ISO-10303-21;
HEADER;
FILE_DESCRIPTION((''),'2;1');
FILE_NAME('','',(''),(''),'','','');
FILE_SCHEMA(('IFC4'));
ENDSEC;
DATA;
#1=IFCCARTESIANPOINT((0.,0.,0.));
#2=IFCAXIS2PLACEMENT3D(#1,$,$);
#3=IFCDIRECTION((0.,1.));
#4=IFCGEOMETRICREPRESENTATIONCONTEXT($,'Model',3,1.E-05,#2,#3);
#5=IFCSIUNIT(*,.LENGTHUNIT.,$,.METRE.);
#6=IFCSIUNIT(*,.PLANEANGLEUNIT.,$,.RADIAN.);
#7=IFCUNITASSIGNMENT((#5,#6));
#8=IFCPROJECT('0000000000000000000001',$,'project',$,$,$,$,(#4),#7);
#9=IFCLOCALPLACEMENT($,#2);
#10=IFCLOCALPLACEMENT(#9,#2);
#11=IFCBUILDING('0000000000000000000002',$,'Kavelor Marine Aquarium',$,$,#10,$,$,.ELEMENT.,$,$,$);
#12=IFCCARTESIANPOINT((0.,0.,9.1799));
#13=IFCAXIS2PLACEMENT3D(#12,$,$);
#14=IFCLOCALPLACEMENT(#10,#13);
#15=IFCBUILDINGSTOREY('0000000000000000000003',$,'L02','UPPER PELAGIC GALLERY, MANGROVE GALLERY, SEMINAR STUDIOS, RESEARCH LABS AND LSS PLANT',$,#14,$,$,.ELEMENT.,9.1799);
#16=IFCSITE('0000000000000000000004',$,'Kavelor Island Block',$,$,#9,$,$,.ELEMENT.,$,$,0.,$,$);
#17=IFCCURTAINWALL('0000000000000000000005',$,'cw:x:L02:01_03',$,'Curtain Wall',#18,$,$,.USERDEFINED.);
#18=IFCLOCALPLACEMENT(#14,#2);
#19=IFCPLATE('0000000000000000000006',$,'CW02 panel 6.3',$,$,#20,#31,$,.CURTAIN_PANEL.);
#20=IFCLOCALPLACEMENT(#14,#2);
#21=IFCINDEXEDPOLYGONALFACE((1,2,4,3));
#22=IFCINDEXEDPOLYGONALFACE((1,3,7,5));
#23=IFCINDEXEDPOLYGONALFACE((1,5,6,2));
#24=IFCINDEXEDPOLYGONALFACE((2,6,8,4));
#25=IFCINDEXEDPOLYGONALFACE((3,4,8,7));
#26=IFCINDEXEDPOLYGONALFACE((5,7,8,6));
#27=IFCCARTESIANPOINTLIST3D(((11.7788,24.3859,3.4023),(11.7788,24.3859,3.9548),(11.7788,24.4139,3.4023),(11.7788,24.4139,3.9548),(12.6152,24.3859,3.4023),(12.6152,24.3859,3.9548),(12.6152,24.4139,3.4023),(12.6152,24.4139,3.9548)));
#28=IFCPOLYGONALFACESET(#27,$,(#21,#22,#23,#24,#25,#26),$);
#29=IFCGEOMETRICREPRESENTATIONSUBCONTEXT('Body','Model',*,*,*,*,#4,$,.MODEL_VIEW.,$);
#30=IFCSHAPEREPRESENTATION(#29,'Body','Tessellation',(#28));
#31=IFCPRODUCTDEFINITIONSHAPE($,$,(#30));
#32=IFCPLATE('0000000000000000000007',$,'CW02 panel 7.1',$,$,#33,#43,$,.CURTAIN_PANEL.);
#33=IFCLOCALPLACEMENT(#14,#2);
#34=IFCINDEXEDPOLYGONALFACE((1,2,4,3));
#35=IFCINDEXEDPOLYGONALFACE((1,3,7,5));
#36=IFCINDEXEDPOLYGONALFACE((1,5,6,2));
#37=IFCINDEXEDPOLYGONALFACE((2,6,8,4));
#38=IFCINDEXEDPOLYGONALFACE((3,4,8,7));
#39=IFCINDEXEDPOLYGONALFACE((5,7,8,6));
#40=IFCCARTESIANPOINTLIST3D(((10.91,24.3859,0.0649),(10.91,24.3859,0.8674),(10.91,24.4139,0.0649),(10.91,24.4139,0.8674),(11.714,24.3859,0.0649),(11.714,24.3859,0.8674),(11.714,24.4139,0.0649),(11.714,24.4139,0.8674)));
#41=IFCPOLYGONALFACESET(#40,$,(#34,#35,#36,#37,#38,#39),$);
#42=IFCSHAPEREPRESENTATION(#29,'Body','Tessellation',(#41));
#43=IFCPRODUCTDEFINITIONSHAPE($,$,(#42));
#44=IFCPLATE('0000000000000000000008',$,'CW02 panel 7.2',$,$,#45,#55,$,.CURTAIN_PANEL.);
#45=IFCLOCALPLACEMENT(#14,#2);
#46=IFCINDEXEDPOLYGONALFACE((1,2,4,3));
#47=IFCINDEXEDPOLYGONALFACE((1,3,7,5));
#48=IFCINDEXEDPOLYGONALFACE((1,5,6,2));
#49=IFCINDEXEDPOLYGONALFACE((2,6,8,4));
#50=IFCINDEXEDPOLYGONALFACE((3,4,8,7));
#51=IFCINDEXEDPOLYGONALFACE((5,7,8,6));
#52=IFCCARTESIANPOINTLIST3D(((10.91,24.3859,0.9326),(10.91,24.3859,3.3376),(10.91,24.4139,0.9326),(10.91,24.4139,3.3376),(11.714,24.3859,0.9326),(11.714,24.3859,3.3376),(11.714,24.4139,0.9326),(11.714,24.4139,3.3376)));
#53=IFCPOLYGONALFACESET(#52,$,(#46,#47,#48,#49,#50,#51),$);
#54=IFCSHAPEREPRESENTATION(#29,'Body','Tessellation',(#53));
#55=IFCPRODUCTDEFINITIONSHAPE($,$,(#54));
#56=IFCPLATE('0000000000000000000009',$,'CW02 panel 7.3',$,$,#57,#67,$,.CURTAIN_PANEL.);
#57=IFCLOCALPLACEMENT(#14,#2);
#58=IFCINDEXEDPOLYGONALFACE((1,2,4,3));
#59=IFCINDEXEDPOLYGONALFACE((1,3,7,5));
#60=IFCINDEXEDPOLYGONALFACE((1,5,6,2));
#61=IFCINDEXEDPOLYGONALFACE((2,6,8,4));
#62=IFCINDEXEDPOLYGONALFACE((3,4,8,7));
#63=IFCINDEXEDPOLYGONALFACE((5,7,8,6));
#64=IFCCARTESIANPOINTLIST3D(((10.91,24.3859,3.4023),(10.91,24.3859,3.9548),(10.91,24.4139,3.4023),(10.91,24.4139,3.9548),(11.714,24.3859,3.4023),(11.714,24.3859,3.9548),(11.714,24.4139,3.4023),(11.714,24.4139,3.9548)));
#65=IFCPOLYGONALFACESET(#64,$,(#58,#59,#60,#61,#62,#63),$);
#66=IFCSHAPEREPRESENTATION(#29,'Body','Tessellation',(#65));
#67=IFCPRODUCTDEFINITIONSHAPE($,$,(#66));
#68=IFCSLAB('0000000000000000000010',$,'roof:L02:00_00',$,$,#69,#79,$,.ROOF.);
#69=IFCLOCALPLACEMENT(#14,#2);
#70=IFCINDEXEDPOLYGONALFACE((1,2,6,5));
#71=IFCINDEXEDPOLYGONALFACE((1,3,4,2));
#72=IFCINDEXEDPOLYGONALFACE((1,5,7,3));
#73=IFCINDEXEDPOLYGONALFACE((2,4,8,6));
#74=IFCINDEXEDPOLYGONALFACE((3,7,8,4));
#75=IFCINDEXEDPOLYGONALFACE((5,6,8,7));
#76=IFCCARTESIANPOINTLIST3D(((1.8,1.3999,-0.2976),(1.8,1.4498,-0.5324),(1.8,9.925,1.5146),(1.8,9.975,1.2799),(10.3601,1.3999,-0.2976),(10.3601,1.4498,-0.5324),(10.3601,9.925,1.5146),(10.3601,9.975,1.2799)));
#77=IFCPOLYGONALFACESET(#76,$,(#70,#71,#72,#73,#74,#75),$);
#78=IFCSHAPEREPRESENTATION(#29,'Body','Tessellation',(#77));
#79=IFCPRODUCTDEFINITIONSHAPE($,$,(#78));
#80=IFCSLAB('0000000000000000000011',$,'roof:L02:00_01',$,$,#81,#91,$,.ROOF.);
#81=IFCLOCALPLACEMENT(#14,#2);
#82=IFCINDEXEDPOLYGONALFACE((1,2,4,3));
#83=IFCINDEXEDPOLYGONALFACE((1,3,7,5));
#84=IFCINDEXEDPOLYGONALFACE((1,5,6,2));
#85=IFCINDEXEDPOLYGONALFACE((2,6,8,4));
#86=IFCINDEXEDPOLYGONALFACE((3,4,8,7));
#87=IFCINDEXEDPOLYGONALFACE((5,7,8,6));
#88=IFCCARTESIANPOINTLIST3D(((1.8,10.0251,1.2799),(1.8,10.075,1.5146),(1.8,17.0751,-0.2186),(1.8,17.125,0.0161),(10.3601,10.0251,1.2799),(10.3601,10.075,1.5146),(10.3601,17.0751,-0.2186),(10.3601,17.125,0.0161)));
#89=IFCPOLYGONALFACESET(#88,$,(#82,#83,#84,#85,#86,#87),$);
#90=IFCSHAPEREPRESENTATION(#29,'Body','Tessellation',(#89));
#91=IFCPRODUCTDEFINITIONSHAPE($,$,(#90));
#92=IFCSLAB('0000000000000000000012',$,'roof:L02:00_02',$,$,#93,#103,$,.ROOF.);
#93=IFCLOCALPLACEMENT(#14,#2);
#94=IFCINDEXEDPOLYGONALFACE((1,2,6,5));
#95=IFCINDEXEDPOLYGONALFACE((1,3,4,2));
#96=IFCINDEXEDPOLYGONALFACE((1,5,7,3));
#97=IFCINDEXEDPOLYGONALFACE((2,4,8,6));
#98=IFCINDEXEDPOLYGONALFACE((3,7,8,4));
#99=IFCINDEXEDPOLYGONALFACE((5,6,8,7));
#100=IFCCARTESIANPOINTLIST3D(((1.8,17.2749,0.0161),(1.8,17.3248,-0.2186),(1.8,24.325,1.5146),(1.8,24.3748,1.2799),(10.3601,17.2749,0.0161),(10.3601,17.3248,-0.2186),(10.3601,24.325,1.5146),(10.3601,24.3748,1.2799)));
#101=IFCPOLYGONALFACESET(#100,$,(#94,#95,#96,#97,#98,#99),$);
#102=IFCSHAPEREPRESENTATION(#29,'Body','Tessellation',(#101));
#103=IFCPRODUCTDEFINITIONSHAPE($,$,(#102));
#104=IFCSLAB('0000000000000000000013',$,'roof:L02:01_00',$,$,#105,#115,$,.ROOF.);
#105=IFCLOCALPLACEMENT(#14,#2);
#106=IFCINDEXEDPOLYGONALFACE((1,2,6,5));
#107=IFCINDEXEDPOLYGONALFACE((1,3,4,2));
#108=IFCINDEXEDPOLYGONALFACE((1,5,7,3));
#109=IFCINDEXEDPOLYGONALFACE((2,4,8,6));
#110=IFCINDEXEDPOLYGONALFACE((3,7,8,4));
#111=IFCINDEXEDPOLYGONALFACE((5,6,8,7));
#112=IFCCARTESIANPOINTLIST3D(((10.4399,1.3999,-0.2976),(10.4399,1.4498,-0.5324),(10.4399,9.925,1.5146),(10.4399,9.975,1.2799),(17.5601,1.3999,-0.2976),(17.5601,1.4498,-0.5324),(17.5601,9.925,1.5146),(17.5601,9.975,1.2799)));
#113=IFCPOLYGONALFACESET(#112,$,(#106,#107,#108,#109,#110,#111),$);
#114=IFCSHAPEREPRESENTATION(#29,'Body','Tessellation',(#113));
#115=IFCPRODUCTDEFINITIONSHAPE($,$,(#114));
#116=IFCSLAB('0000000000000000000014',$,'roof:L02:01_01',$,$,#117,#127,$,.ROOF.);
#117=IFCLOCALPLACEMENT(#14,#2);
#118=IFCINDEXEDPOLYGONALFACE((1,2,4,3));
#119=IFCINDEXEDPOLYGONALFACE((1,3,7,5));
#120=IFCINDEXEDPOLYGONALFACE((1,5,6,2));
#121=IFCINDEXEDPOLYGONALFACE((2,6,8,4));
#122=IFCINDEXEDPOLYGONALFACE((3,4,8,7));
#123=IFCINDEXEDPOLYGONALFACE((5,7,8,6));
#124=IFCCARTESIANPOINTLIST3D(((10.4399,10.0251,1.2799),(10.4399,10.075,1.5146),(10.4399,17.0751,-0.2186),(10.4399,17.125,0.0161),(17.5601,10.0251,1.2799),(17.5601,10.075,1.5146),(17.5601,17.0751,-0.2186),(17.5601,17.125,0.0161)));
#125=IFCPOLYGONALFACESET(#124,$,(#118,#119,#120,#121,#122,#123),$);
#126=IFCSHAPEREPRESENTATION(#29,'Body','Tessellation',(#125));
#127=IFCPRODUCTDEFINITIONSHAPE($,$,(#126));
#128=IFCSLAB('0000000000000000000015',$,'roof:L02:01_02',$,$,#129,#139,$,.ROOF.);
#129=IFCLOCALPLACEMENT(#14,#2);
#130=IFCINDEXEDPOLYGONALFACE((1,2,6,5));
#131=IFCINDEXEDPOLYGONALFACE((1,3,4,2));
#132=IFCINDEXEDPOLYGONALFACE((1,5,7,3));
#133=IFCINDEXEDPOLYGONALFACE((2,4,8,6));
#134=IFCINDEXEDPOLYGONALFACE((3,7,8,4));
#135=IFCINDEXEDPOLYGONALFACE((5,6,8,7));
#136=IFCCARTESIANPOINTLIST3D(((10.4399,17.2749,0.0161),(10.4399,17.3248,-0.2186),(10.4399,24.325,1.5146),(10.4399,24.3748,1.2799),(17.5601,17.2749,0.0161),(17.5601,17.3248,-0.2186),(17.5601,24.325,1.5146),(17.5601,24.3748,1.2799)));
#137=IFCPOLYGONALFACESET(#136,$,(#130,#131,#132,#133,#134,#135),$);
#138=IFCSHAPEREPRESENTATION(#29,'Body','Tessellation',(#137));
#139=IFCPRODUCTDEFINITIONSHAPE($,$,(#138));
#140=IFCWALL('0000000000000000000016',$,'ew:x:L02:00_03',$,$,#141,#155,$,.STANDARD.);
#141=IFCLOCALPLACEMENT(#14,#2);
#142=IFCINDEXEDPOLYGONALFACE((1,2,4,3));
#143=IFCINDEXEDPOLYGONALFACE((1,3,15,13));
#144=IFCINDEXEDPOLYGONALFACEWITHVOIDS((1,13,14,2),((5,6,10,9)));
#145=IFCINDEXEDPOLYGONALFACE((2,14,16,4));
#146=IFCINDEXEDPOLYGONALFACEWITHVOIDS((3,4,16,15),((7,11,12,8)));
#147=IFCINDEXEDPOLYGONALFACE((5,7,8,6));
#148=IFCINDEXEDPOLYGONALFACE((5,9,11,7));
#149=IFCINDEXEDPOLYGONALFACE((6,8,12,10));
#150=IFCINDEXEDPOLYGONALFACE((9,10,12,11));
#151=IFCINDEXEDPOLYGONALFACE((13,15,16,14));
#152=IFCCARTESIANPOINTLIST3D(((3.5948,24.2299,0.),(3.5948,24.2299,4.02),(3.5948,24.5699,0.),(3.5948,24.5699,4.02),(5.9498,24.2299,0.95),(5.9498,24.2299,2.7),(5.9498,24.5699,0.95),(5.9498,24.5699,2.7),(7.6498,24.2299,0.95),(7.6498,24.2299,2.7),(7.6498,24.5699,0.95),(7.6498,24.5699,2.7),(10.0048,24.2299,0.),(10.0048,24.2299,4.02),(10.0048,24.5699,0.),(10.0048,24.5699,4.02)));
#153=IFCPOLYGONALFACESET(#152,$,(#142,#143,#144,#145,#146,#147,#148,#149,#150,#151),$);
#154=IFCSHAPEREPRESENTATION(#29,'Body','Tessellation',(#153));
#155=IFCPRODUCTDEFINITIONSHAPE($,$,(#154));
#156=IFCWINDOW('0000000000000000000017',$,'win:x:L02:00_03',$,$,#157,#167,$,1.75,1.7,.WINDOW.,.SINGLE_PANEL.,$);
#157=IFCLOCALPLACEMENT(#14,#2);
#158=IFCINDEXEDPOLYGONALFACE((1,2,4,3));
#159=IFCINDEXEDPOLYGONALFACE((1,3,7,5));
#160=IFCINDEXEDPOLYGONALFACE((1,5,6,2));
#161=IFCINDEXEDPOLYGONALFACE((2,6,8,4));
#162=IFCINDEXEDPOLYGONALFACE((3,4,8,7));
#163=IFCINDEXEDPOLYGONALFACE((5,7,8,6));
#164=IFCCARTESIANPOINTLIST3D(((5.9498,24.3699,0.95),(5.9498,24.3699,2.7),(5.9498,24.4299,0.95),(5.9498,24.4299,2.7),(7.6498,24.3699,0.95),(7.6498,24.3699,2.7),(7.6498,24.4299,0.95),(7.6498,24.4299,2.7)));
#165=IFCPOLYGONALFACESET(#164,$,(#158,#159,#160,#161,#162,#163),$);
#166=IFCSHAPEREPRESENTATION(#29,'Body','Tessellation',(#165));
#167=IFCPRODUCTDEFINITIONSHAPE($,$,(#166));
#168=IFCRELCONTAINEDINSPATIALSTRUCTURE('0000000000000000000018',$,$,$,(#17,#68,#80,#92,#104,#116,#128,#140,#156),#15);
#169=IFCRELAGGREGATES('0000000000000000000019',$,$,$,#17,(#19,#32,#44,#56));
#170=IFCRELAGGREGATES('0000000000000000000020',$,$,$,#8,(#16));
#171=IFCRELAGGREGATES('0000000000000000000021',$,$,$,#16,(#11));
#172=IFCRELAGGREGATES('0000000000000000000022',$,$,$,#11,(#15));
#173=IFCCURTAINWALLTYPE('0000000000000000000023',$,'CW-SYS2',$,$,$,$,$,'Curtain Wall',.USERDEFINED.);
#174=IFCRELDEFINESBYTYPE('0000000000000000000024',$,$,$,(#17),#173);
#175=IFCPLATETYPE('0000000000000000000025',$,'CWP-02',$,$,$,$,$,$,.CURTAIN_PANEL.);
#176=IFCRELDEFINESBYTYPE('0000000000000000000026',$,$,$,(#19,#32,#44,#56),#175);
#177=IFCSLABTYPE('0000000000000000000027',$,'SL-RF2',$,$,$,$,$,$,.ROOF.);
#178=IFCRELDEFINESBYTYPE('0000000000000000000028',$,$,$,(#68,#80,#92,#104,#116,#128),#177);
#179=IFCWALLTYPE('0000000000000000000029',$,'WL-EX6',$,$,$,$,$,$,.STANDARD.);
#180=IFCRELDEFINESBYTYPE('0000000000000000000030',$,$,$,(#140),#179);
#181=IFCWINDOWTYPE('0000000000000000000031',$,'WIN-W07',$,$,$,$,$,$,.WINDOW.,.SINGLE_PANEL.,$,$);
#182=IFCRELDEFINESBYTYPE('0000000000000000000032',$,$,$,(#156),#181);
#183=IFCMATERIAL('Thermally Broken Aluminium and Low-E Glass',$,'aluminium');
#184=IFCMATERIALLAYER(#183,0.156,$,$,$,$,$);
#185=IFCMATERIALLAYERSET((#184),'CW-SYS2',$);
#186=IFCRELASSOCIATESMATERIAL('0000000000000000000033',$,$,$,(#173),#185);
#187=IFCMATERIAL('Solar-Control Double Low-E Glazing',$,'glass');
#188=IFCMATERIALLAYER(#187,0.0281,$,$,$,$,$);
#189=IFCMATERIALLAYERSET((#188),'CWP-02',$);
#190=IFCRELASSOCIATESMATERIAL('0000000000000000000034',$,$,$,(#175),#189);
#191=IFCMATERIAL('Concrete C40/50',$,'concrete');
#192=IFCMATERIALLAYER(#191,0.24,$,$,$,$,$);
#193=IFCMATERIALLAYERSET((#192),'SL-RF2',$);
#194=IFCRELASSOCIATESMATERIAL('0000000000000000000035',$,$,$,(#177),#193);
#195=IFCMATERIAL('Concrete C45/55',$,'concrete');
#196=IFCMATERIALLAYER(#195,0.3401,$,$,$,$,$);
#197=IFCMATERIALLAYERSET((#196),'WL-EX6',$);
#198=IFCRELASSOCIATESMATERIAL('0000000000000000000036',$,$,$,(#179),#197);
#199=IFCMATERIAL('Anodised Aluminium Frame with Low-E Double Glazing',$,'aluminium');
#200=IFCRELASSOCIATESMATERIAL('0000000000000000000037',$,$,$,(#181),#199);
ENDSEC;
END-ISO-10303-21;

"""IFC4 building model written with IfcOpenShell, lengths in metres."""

from ifc_helpers import new_model, si_unit, direction, frame, frame_2d, origin, origin_2d, place, context, subcontext, project, spatial, polyline, rectangle, outline, extrude, material, layer, layer_set, type_object, element, fill, aggregate, save


model = new_model("IFC4")

# Units and contexts
model_context = context("Model", 3, precision=1e-05, world=origin(), true_north=direction((0.0, 1.0)))
body_context = subcontext(model_context, "Body", "Model", "MODEL_VIEW")
ifc_project = project(units=[si_unit("LENGTHUNIT", "METRE"), si_unit("PLANEANGLEUNIT", "RADIAN")], contexts=[model_context])

# Site, building, storey
site_placement = place(None, origin())
site = spatial("IfcSite", under=ifc_project, at=site_placement, Name="Kavelor Island Block", CompositionType="ELEMENT", RefElevation=0.0)
building_placement = place(site_placement, origin())
building = spatial("IfcBuilding", under=site, at=building_placement, Name="Kavelor Marine Aquarium", CompositionType="ELEMENT")
storey_placement = place(building_placement, frame((0.0, 0.0, 9.1799)))
storey = spatial("IfcBuildingStorey", under=building, at=storey_placement, Name="L02", Description="UPPER PELAGIC GALLERY, MANGROVE GALLERY, SEMINAR STUDIOS, RESEARCH LABS AND LSS PLANT", CompositionType="ELEMENT", Elevation=9.1799)

# Curtain wall, plates
ifc_material_1 = material(Name="Thermally Broken Aluminium and Low-E Glass", Category="aluminium")
ifc_layer_1 = layer(ifc_material_1, 0.156)
ifc_layer_set_1 = layer_set([ifc_layer_1], Name="CW-SYS2")
curtain_wall_type = type_object("IfcCurtainWallType", Name="CW-SYS2", ElementType="Curtain Wall", PredefinedType="USERDEFINED", material=ifc_layer_set_1)
curtain_wall_placement = place(storey_placement, origin())
curtain_wall = element("IfcCurtainWall", 1, at=curtain_wall_placement, inside=storey, type_object=curtain_wall_type, Name="cw:x:L02:01_03", ObjectType="Curtain Wall", PredefinedType="USERDEFINED")
ifc_material_2 = material(Name="Solar-Control Double Low-E Glazing", Category="glass")
ifc_layer_2 = layer(ifc_material_2, 0.0281)
ifc_layer_set_2 = layer_set([ifc_layer_2], Name="CWP-02")
plate_type = type_object("IfcPlateType", Name="CWP-02", PredefinedType="CURTAIN_PANEL", material=ifc_layer_set_2)
plate_1_placement = place(storey_placement, frame((12.197, 24.3999, 3.4023), z_axis=(0.0, 0.0, 1.0), x_axis=(-1.0, 0.0, 0.0)))
plate_1 = element("IfcPlate", 2, at=plate_1_placement, type_object=plate_type, Name="CW02 panel 6.3", PredefinedType="CURTAIN_PANEL", context=body_context, shape_type="SweptSolid", body=[
    extrude(rectangle(XDim=0.8364, YDim=0.0281, at=origin_2d()), origin(), (0.0, 0.0, 1.0), 0.5525),
])
plate_2_placement = place(storey_placement, frame((11.312, 24.3999, 0.0649), z_axis=(0.0, 0.0, 1.0), x_axis=(-1.0, 0.0, 0.0)))
plate_2 = element("IfcPlate", 3, at=plate_2_placement, type_object=plate_type, Name="CW02 panel 7.1", PredefinedType="CURTAIN_PANEL", context=body_context, shape_type="SweptSolid", body=[
    extrude(rectangle(XDim=0.804, YDim=0.0281, at=origin_2d()), origin(), (0.0, 0.0, 1.0), 0.8025),
])
plate_3_placement = place(storey_placement, frame((11.312, 24.3999, 0.9326), z_axis=(0.0, 0.0, 1.0), x_axis=(-1.0, 0.0, 0.0)))
plate_3 = element("IfcPlate", 4, at=plate_3_placement, type_object=plate_type, Name="CW02 panel 7.2", PredefinedType="CURTAIN_PANEL", context=body_context, shape_type="SweptSolid", body=[
    extrude(rectangle(XDim=0.804, YDim=0.0281, at=origin_2d()), origin(), (0.0, 0.0, 1.0), 2.405),
])
plate_4_placement = place(storey_placement, frame((11.312, 24.3999, 3.4023), z_axis=(0.0, 0.0, 1.0), x_axis=(-1.0, 0.0, 0.0)))
plate_4 = element("IfcPlate", 5, at=plate_4_placement, type_object=plate_type, Name="CW02 panel 7.3", PredefinedType="CURTAIN_PANEL", context=body_context, shape_type="SweptSolid", body=[
    extrude(rectangle(XDim=0.804, YDim=0.0281, at=origin_2d()), origin(), (0.0, 0.0, 1.0), 0.5525),
])
aggregate(curtain_wall, [plate_1, plate_2, plate_3, plate_4])

# Slabs
ifc_material_3 = material(Name="Concrete C40/50", Category="concrete")
ifc_layer_3 = layer(ifc_material_3, 0.24)
ifc_layer_set_3 = layer_set([ifc_layer_3], Name="SL-RF2")
slab_type = type_object("IfcSlabType", Name="SL-RF2", PredefinedType="ROOF", material=ifc_layer_set_3)
slab_1_placement = place(storey_placement, frame((1.8, 1.3999, -0.2976), z_axis=(0.0, -0.207931, 0.978143), x_axis=(1.0, 0.0, 0.0)))
element("IfcSlab", 6, at=slab_1_placement, inside=storey, type_object=slab_type, Name="roof:L02:00_00", PredefinedType="ROOF", context=body_context, shape_type="SweptSolid", body=[
    extrude(outline(polyline([(0.0, 0.0), (8.5601, 0.0), (8.5601, 8.7156), (0.0, 8.7156), (0.0, 0.0)])), origin(), (0.0, 0.0, -1.0), 0.24),
])
for number, where, z_axis, x_axis, name in (
    (7, (1.8, 10.075, 1.5146), (0.0, 0.207912, 0.978148), (1.0, 0.0, 0.0), "roof:L02:00_01"),
    (8, (1.8, 17.2749, 0.0161), (0.0, -0.207912, 0.978148), (1.0, 0.0, 0.0), "roof:L02:00_02"),
):
    element("IfcSlab", number, at=place(storey_placement, frame(where, z_axis=z_axis, x_axis=x_axis)), inside=storey, type_object=slab_type, Name=name, PredefinedType="ROOF", context=body_context, shape_type="SweptSolid", body=[
        extrude(outline(polyline([(0.0, 0.0), (8.5601, 0.0), (8.5601, 7.2076), (0.0, 7.2076), (0.0, 0.0)])), origin(), (0.0, 0.0, -1.0), 0.24),
    ])
slab_2_placement = place(storey_placement, frame((10.4399, 1.3999, -0.2976), z_axis=(0.0, -0.207931, 0.978143), x_axis=(1.0, 0.0, 0.0)))
element("IfcSlab", 9, at=slab_2_placement, inside=storey, type_object=slab_type, Name="roof:L02:01_00", PredefinedType="ROOF", context=body_context, shape_type="SweptSolid", body=[
    extrude(outline(polyline([(0.0, 0.0), (7.1201, 0.0), (7.1201, 8.7156), (0.0, 8.7156), (0.0, 0.0)])), origin(), (0.0, 0.0, -1.0), 0.24),
])
for number, where, z_axis, x_axis, name in (
    (10, (10.4399, 10.075, 1.5146), (0.0, 0.207912, 0.978148), (1.0, 0.0, 0.0), "roof:L02:01_01"),
    (11, (10.4399, 17.2749, 0.0161), (0.0, -0.207912, 0.978148), (1.0, 0.0, 0.0), "roof:L02:01_02"),
):
    element("IfcSlab", number, at=place(storey_placement, frame(where, z_axis=z_axis, x_axis=x_axis)), inside=storey, type_object=slab_type, Name=name, PredefinedType="ROOF", context=body_context, shape_type="SweptSolid", body=[
        extrude(outline(polyline([(0.0, 0.0), (7.1201, 0.0), (7.1201, 7.2076), (0.0, 7.2076), (0.0, 0.0)])), origin(), (0.0, 0.0, -1.0), 0.24),
    ])

# Wall, opening, window
ifc_material_4 = material(Name="Concrete C45/55", Category="concrete")
ifc_layer_4 = layer(ifc_material_4, 0.3401)
ifc_layer_set_4 = layer_set([ifc_layer_4], Name="WL-EX6")
wall_type = type_object("IfcWallType", Name="WL-EX6", PredefinedType="STANDARD", material=ifc_layer_set_4)
wall_placement = place(storey_placement, frame((10.0049, 24.3999, 0.0), z_axis=(0.0, 0.0, 1.0), x_axis=(-1.0, 0.0, 0.0)))
wall = element("IfcWall", 12, at=wall_placement, inside=storey, type_object=wall_type, Name="ew:x:L02:00_03", PredefinedType="STANDARD", context=body_context, shape_type="SweptSolid", body=[
    extrude(rectangle(XDim=6.4099, YDim=0.3401, at=frame_2d((3.2051, 0.0))), origin(), (0.0, 0.0, 1.0), 4.02),
])
opening_placement = place(wall_placement, frame((2.355, 0.0, 0.95)))
opening = element("IfcOpeningElement", 13, at=opening_placement, cuts=wall, PredefinedType="OPENING", context=body_context, shape_type="SweptSolid", body=[
    extrude(rectangle(XDim=1.7, YDim=1.75, at=frame_2d((0.8501, 0.875))), frame((0.0, 0.1799, 0.0), z_axis=(0.0, -1.0, 0.0), x_axis=(1.0, 0.0, 0.0)), (0.0, 0.0, 1.0), 0.3601),
])
ifc_material_5 = material(Name="Anodised Aluminium Frame with Low-E Double Glazing", Category="aluminium")
window_type = type_object("IfcWindowType", Name="WIN-W07", PartitioningType="SINGLE_PANEL", PredefinedType="WINDOW", material=ifc_material_5)
window_placement = place(opening_placement, origin())
window = element("IfcWindow", 14, at=window_placement, inside=storey, type_object=window_type, Name="win:x:L02:00_03", OverallHeight=1.75, OverallWidth=1.7, PartitioningType="SINGLE_PANEL", PredefinedType="WINDOW", context=body_context, shape_type="SweptSolid", body=[
    extrude(rectangle(XDim=1.7, YDim=1.75, at=frame_2d((0.8501, 0.875))), frame((0.0, 0.03, 0.0), z_axis=(0.0, -1.0, 0.0), x_axis=(1.0, 0.0, 0.0)), (0.0, 0.0, 1.0), 0.0601),
])
fill(opening, window)

save(model, "model.ifc")
